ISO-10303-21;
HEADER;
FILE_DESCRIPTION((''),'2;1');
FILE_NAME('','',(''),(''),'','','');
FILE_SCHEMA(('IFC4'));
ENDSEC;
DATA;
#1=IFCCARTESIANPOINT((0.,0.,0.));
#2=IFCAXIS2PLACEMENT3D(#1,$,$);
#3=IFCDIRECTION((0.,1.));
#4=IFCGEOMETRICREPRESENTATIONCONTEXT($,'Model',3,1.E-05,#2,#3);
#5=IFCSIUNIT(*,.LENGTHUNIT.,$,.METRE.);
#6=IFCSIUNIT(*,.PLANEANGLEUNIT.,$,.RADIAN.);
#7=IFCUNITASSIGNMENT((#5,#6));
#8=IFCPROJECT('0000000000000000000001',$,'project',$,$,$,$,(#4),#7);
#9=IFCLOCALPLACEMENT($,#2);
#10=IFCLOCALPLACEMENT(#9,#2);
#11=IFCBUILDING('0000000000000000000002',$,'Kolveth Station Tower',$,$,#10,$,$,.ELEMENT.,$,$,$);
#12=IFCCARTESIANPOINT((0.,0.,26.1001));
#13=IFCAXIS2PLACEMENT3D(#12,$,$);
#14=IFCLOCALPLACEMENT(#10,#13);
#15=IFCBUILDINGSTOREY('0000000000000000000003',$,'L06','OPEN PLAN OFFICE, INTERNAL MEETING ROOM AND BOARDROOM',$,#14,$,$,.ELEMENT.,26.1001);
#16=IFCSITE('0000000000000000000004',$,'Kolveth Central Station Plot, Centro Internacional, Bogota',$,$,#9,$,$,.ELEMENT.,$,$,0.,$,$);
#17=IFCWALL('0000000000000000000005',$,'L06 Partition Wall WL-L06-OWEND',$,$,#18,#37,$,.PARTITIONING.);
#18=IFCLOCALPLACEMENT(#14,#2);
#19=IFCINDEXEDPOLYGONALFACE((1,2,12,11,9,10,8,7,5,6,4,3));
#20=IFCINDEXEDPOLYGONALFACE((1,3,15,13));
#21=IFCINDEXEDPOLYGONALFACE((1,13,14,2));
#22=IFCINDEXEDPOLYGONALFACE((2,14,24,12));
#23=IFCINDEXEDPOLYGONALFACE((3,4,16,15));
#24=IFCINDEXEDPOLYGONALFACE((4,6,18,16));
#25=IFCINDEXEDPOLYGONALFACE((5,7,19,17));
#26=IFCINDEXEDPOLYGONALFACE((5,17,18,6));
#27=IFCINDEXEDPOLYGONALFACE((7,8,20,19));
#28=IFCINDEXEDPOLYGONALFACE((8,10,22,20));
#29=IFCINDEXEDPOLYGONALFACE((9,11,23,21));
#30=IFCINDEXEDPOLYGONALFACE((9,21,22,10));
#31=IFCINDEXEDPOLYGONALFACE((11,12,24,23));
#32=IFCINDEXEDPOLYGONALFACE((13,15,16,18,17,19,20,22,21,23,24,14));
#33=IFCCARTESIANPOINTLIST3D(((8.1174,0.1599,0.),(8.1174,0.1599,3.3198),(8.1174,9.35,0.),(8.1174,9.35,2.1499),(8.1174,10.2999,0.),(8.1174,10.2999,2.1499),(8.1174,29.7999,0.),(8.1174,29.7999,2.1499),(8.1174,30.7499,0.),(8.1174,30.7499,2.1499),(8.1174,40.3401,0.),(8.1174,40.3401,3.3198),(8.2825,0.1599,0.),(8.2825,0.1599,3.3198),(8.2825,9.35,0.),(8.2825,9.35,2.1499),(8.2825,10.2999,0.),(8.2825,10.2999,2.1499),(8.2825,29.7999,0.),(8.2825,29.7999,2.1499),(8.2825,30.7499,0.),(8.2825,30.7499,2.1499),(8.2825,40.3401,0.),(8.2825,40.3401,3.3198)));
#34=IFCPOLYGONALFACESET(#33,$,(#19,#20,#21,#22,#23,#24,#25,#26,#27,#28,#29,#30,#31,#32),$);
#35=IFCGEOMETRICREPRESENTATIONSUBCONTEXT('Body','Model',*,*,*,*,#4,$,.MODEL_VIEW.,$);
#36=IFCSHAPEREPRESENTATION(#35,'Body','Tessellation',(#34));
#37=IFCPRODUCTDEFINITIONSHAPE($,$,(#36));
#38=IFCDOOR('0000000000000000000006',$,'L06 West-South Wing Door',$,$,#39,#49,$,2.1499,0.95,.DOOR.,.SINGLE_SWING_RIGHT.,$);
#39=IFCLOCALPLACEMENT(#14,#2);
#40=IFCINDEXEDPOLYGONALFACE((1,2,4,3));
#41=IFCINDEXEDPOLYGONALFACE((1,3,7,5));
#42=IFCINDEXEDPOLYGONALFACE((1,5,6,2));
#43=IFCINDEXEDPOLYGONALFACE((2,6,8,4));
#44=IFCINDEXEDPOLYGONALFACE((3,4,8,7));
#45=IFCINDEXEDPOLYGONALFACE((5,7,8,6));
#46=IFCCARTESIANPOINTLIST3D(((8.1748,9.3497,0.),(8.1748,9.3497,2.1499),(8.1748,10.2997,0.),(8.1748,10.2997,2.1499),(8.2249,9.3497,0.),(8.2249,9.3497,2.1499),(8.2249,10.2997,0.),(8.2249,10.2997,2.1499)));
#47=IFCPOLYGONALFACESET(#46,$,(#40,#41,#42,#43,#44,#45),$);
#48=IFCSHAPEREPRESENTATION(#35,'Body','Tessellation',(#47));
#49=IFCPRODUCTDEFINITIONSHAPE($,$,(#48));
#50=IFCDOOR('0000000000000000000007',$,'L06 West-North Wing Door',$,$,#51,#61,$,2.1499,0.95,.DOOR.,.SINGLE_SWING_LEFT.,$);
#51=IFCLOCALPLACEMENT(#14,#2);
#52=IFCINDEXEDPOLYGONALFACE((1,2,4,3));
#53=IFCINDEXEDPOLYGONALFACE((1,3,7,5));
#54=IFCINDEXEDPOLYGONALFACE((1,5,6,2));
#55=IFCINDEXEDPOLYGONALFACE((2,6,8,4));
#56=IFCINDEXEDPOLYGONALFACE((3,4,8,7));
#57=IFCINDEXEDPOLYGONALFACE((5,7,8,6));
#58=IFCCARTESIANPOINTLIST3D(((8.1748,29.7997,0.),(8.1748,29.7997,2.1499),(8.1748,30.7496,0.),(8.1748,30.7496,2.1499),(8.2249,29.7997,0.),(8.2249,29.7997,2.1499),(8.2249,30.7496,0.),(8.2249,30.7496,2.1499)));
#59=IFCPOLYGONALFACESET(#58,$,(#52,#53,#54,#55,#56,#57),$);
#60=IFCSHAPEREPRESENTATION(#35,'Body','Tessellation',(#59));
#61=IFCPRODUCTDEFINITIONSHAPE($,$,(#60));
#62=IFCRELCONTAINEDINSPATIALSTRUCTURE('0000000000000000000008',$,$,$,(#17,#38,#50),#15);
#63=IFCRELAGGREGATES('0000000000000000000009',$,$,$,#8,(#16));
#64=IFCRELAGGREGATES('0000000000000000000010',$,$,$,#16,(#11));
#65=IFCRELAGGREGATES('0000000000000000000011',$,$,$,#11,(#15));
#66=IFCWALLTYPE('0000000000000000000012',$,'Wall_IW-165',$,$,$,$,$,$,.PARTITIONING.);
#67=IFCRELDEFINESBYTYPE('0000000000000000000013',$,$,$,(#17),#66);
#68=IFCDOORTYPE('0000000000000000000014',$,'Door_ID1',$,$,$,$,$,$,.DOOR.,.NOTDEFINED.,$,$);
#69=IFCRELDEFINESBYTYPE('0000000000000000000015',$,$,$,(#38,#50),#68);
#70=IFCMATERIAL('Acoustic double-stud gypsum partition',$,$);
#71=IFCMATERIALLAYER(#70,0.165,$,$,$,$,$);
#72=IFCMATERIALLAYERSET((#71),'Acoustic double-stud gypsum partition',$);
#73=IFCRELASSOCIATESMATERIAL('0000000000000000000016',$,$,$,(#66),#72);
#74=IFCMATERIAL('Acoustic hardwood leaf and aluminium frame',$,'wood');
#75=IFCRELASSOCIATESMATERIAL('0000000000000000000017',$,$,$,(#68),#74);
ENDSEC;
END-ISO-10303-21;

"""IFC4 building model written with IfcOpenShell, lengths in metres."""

from ifc_helpers import new_model, si_unit, direction, frame, frame_2d, origin, place, context, subcontext, project, spatial, rectangle, extrude, material, layer, layer_set, type_object, element, fill, save


model = new_model("IFC4")

# Units and contexts
model_context = context("Model", 3, precision=1e-05, world=origin(), true_north=direction((0.0, 1.0)))
body_context = subcontext(model_context, "Body", "Model", "MODEL_VIEW")
ifc_project = project(units=[si_unit("LENGTHUNIT", "METRE"), si_unit("PLANEANGLEUNIT", "RADIAN")], contexts=[model_context])

# Site, building, storey
site_placement = place(None, origin())
site = spatial("IfcSite", under=ifc_project, at=site_placement, Name="Kolveth Central Station Plot, Centro Internacional, Bogota", CompositionType="ELEMENT", RefElevation=0.0)
building_placement = place(site_placement, origin())
building = spatial("IfcBuilding", under=site, at=building_placement, Name="Kolveth Station Tower", CompositionType="ELEMENT")
storey_placement = place(building_placement, frame((0.0, 0.0, 26.1001)))
storey = spatial("IfcBuildingStorey", under=building, at=storey_placement, Name="L06", Description="OPEN PLAN OFFICE, INTERNAL MEETING ROOM AND BOARDROOM", CompositionType="ELEMENT", Elevation=26.1001)

# Wall, openings, doors
ifc_material_1 = material(Name="Acoustic double-stud gypsum partition")
ifc_layer_1 = layer(ifc_material_1, 0.165)
ifc_layer_set_1 = layer_set([ifc_layer_1], Name="Acoustic double-stud gypsum partition")
wall_type = type_object("IfcWallType", Name="Wall_IW-165", PredefinedType="PARTITIONING", material=ifc_layer_set_1)
wall_placement = place(storey_placement, frame((8.2, 0.1599, 0.0), z_axis=(0.0, 0.0, 1.0), x_axis=(0.0, 1.0, 0.0)))
wall = element("IfcWall", 1, at=wall_placement, inside=storey, type_object=wall_type, Name="L06 Partition Wall WL-L06-OWEND", PredefinedType="PARTITIONING", context=body_context, shape_type="SweptSolid", body=[
    extrude(rectangle(XDim=40.1802, YDim=0.165, at=frame_2d((20.0901, 0.0))), origin(), (0.0, 0.0, 1.0), 3.3198),
])
opening_1_placement = place(wall_placement, frame((9.1899, 0.0, 0.0)))
opening_1 = element("IfcOpeningElement", 2, at=opening_1_placement, cuts=wall, PredefinedType="OPENING", context=body_context, shape_type="SweptSolid", body=[
    extrude(rectangle(XDim=0.95, YDim=2.1499, at=frame_2d((0.4751, 1.075))), frame((0.0, 0.0925, 0.0), z_axis=(0.0, -1.0, 0.0), x_axis=(1.0, 0.0, 0.0)), (0.0, 0.0, 1.0), 0.1851),
])
opening_2_placement = place(wall_placement, frame((29.6399, 0.0, 0.0)))
opening_2 = element("IfcOpeningElement", 3, at=opening_2_placement, cuts=wall, PredefinedType="OPENING", context=body_context, shape_type="SweptSolid", body=[
    extrude(rectangle(XDim=0.95, YDim=2.1499, at=frame_2d((0.4751, 1.075))), frame((0.0, 0.0925, 0.0), z_axis=(0.0, -1.0, 0.0), x_axis=(1.0, 0.0, 0.0)), (0.0, 0.0, 1.0), 0.1851),
])
ifc_material_2 = material(Name="Acoustic hardwood leaf and aluminium frame", Category="wood")
door_type = type_object("IfcDoorType", Name="Door_ID1", OperationType="NOTDEFINED", PredefinedType="DOOR", material=ifc_material_2)
door_1_placement = place(opening_1_placement, frame((0.95, 0.0, 0.0), z_axis=(0.0, 0.0, 1.0), x_axis=(-1.0, 0.0, 0.0)))
door_1 = element("IfcDoor", 4, at=door_1_placement, inside=storey, type_object=door_type, Name="L06 West-South Wing Door", OperationType="SINGLE_SWING_RIGHT", OverallHeight=2.1499, OverallWidth=0.95, PredefinedType="DOOR", context=body_context, shape_type="SweptSolid", body=[
    extrude(rectangle(XDim=0.95, YDim=2.1499, at=frame_2d((0.4751, 1.075))), frame((0.0, 0.0249, 0.0), z_axis=(0.0, -1.0, 0.0), x_axis=(1.0, 0.0, 0.0)), (0.0, 0.0, 1.0), 0.05),
])
fill(opening_1, door_1)
door_2_placement = place(opening_2_placement, frame((0.95, 0.0, 0.0), z_axis=(0.0, 0.0, 1.0), x_axis=(-1.0, 0.0, 0.0)))
door_2 = element("IfcDoor", 5, at=door_2_placement, inside=storey, type_object=door_type, Name="L06 West-North Wing Door", OperationType="SINGLE_SWING_LEFT", OverallHeight=2.1499, OverallWidth=0.95, PredefinedType="DOOR", context=body_context, shape_type="SweptSolid", body=[
    extrude(rectangle(XDim=0.95, YDim=2.1499, at=frame_2d((0.4751, 1.075))), frame((0.0, 0.0249, 0.0), z_axis=(0.0, -1.0, 0.0), x_axis=(1.0, 0.0, 0.0)), (0.0, 0.0, 1.0), 0.05),
])
fill(opening_2, door_2)

save(model, "model.ifc")
